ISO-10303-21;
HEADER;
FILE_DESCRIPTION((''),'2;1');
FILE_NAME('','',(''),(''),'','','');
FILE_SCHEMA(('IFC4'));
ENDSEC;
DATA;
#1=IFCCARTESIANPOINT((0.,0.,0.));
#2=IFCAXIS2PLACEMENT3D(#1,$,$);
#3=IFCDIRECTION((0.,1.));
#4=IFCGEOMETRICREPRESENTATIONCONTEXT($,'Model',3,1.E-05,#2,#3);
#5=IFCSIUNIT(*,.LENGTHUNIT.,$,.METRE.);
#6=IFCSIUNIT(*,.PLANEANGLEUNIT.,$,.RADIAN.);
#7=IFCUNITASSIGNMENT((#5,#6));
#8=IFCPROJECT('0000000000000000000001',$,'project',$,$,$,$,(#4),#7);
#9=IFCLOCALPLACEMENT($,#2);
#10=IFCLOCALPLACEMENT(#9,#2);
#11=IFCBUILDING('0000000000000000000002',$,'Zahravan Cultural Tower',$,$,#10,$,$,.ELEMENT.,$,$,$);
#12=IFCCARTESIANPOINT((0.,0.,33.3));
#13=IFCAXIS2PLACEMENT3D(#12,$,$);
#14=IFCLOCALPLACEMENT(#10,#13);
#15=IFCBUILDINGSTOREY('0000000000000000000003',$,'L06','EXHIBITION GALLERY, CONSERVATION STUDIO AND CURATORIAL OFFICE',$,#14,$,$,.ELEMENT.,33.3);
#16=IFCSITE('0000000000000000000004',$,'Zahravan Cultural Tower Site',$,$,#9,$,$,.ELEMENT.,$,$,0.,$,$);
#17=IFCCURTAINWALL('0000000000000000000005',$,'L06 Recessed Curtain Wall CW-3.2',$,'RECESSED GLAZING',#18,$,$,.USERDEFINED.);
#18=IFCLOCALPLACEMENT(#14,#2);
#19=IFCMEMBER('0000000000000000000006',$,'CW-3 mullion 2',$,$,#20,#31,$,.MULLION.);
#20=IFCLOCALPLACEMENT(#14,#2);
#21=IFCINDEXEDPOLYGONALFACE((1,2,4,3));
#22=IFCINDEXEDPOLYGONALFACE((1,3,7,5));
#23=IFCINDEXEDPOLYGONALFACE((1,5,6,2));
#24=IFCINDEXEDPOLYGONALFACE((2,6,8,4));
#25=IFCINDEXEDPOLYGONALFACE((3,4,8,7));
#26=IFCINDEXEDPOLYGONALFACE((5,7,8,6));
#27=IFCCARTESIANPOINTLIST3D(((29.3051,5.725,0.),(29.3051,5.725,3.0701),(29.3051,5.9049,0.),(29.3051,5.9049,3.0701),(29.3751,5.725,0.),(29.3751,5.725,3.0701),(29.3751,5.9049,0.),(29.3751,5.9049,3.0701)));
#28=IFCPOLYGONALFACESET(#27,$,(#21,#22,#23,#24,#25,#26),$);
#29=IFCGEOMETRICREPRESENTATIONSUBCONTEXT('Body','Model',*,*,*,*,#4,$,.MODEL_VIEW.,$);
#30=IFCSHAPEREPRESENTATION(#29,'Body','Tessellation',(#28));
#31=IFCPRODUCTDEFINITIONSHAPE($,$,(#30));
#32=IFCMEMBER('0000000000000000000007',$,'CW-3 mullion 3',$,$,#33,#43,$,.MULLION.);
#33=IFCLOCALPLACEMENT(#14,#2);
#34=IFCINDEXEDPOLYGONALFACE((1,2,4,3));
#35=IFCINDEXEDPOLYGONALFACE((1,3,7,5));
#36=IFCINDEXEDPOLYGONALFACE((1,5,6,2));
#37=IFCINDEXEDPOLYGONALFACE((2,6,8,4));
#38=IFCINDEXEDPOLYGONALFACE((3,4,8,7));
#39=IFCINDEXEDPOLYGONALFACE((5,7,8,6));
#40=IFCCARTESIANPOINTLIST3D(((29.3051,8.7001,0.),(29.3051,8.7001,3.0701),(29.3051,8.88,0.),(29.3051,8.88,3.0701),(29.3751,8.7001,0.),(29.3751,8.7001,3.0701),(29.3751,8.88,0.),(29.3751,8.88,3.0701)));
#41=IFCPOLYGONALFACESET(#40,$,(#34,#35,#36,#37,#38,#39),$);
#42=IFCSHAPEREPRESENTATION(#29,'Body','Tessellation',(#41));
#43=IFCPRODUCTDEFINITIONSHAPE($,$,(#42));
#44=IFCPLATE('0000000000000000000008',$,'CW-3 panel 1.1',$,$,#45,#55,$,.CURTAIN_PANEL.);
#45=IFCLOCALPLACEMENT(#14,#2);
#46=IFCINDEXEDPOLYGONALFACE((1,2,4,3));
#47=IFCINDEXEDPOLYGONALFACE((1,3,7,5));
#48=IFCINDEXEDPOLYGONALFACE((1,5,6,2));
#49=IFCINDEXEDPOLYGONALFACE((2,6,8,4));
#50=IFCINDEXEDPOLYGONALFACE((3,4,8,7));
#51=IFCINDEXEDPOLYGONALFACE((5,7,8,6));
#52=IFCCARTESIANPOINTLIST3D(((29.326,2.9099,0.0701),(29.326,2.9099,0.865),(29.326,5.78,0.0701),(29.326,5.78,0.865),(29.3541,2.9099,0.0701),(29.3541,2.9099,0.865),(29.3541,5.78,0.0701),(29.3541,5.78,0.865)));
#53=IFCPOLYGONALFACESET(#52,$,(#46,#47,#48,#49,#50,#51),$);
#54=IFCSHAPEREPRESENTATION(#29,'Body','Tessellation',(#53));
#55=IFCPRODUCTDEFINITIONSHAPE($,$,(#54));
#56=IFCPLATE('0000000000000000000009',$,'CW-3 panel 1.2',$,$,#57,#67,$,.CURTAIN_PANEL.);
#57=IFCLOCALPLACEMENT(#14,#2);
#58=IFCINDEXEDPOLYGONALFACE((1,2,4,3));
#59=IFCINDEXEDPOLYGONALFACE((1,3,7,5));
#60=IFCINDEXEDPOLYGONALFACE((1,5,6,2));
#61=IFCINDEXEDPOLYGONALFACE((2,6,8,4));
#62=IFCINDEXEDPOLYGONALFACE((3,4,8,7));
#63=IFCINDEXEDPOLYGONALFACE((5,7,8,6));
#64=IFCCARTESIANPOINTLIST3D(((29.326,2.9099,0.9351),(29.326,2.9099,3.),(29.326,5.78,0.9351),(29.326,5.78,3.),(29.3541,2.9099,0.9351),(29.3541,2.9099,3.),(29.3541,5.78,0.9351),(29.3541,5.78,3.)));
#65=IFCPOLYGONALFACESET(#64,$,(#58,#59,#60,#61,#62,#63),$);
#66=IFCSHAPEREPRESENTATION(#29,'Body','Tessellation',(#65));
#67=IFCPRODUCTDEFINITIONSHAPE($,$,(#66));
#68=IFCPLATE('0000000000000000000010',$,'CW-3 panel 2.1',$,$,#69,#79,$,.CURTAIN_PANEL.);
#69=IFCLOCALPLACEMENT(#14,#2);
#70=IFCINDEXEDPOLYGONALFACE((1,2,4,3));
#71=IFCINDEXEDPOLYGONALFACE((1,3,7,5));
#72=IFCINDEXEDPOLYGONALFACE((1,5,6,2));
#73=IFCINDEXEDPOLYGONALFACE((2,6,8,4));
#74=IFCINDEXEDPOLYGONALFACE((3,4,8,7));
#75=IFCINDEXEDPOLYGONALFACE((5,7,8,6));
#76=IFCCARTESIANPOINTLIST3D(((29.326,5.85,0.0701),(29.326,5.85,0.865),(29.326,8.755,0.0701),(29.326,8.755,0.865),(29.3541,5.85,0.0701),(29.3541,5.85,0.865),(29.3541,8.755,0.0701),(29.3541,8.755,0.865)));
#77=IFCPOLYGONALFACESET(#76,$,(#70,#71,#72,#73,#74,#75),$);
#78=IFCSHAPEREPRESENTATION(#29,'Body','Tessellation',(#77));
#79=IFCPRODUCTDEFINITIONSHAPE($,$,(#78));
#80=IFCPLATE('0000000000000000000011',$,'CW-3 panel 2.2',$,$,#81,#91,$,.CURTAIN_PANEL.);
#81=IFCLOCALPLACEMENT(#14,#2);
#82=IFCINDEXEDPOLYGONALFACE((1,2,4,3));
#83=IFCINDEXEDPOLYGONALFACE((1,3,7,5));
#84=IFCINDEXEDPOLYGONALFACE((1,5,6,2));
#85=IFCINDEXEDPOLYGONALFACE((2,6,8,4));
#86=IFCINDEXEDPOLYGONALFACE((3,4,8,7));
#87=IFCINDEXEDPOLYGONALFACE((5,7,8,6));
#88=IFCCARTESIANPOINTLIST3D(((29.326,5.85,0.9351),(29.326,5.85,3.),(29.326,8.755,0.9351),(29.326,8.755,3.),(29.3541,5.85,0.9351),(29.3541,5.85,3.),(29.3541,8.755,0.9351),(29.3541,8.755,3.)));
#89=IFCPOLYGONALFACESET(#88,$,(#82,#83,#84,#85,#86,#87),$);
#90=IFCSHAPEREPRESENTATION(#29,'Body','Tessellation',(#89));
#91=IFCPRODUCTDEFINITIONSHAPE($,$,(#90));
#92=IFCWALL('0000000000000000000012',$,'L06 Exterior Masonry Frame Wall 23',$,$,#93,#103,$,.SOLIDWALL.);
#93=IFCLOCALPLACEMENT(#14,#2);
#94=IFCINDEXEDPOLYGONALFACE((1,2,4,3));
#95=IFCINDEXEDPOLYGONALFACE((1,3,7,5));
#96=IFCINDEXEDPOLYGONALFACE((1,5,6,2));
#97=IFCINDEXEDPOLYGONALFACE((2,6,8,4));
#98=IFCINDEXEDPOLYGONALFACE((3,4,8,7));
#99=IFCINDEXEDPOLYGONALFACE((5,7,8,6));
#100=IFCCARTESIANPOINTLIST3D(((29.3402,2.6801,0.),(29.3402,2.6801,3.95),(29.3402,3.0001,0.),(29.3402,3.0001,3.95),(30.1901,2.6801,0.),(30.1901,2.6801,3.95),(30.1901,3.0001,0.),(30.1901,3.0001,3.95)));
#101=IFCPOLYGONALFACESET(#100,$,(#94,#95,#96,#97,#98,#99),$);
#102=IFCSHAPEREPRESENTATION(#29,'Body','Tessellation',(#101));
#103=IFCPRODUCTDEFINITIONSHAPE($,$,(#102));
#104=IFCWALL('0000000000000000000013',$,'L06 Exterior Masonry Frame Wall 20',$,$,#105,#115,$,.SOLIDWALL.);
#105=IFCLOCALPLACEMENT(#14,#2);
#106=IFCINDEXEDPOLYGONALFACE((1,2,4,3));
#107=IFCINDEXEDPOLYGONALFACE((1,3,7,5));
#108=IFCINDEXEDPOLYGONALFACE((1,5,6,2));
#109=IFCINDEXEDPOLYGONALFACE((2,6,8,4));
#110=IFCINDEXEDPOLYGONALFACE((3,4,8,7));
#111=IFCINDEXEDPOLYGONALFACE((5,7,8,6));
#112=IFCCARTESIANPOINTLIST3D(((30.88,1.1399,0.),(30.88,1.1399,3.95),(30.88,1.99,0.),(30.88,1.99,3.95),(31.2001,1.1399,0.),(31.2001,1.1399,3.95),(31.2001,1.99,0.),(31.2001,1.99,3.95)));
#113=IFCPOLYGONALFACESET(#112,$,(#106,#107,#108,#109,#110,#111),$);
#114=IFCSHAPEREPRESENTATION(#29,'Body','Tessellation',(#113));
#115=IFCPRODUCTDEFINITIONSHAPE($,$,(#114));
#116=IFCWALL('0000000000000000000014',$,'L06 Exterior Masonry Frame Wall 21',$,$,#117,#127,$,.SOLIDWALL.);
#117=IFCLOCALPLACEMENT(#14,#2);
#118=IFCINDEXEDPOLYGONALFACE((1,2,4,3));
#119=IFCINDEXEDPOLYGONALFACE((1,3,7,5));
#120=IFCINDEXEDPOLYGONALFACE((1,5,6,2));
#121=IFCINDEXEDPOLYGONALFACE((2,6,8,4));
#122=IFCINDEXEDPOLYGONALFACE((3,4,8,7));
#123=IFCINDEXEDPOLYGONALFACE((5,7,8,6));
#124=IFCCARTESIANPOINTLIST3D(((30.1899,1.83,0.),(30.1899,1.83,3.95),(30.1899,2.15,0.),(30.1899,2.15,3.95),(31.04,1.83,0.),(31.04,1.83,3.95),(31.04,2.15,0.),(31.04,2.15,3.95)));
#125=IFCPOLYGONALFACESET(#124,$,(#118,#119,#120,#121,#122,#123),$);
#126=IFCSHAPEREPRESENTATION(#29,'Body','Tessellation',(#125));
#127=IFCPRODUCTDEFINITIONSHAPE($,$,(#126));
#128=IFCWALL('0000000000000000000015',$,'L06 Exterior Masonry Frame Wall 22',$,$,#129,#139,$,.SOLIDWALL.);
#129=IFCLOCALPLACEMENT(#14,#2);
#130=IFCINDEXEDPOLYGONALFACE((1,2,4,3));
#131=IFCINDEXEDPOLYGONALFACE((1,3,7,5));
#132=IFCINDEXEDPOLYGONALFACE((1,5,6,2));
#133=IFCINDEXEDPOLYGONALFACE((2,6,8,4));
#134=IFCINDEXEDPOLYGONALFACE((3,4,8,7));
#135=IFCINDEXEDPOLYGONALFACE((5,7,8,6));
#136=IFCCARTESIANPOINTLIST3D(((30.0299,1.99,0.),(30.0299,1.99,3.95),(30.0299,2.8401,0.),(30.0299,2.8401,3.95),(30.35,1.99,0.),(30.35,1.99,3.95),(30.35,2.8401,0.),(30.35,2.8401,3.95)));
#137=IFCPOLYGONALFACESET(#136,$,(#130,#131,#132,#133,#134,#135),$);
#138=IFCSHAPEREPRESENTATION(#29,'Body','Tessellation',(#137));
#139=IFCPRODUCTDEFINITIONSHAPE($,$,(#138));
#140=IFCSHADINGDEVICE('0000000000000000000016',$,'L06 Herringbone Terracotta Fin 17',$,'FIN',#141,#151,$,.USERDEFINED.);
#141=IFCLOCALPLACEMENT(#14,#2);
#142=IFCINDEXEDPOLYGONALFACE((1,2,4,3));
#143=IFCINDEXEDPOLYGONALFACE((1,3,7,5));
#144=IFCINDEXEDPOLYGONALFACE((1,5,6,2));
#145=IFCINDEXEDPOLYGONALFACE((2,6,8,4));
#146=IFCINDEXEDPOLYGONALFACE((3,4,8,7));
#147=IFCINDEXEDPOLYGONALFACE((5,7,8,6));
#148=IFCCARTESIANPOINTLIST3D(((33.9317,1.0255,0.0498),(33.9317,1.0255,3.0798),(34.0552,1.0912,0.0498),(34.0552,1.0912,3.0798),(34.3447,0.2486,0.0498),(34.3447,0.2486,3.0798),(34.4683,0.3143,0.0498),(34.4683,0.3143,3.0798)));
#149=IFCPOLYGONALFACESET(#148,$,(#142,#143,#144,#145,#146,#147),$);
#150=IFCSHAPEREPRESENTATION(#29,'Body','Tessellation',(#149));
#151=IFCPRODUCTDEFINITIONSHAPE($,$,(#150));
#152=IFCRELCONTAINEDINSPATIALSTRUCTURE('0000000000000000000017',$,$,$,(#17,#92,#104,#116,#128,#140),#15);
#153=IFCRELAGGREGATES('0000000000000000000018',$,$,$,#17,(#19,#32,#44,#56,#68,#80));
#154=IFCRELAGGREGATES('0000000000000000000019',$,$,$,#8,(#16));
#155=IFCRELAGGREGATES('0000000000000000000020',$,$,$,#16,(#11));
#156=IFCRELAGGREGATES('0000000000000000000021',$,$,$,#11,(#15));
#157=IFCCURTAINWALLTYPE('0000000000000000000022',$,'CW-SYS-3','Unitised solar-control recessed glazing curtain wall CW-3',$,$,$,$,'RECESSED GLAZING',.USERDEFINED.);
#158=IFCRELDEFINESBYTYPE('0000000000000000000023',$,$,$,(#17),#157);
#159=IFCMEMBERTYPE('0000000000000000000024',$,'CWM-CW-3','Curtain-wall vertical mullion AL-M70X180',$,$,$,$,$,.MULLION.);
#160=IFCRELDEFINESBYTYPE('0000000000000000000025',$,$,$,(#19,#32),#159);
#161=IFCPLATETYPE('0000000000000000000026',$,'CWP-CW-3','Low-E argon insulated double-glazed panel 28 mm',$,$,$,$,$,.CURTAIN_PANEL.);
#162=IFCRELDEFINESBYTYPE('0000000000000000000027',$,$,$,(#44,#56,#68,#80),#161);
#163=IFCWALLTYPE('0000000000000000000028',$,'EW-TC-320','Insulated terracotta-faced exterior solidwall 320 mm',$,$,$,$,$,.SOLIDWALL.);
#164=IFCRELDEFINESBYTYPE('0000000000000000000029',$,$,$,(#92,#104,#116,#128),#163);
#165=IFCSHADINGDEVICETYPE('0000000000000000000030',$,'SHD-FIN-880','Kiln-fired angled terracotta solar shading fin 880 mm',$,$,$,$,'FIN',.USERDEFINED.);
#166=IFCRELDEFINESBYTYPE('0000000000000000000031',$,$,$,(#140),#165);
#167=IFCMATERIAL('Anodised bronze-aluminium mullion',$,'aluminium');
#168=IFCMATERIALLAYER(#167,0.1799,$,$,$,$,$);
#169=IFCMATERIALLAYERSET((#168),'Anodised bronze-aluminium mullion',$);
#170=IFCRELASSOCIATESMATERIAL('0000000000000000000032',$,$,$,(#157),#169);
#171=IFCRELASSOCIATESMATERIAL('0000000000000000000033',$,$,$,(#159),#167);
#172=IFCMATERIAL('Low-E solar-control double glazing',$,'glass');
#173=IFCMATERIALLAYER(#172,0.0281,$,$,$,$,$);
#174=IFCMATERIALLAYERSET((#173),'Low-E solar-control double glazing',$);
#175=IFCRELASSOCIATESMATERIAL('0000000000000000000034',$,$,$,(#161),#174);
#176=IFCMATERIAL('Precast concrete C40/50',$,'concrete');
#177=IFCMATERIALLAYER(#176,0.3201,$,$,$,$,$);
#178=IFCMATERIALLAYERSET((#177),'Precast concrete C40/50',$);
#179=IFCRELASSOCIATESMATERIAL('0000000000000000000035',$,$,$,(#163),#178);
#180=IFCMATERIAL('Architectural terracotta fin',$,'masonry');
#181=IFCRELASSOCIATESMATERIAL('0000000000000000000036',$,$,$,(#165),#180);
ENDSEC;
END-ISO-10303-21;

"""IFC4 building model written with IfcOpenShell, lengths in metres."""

from ifc_helpers import new_model, si_unit, direction, frame, frame_2d, origin, origin_2d, place, context, subcontext, project, spatial, rectangle, extrude, source, transform, mapped, material, layer, layer_set, material_profile, profile_set, type_object, element, aggregate, save


model = new_model("IFC4")

# Units and contexts
model_context = context("Model", 3, precision=1e-05, world=origin(), true_north=direction((0.0, 1.0)))
body_context = subcontext(model_context, "Body", "Model", "MODEL_VIEW")
ifc_project = project(units=[si_unit("LENGTHUNIT", "METRE"), si_unit("PLANEANGLEUNIT", "RADIAN")], contexts=[model_context])

# Site, building, storey
site_placement = place(None, origin())
site = spatial("IfcSite", under=ifc_project, at=site_placement, Name="Zahravan Cultural Tower Site", CompositionType="ELEMENT", RefElevation=0.0)
building_placement = place(site_placement, origin())
building = spatial("IfcBuilding", under=site, at=building_placement, Name="Zahravan Cultural Tower", CompositionType="ELEMENT")
storey_placement = place(building_placement, frame((0.0, 0.0, 33.3)))
storey = spatial("IfcBuildingStorey", under=building, at=storey_placement, Name="L06", Description="EXHIBITION GALLERY, CONSERVATION STUDIO AND CURATORIAL OFFICE", CompositionType="ELEMENT", Elevation=33.3)

# Curtain wall, members, plates
ifc_material_1 = material(Name="Anodised bronze-aluminium mullion", Category="aluminium")
ifc_layer_1 = layer(ifc_material_1, 0.1799)
ifc_layer_set_1 = layer_set([ifc_layer_1], Name="Anodised bronze-aluminium mullion")
curtain_wall_type = type_object("IfcCurtainWallType", Name="CW-SYS-3", Description="Unitised solar-control recessed glazing curtain wall CW-3", ElementType="RECESSED GLAZING", PredefinedType="USERDEFINED", material=ifc_layer_set_1)
curtain_wall_placement = place(storey_placement, origin())
curtain_wall = element("IfcCurtainWall", 1, at=curtain_wall_placement, inside=storey, type_object=curtain_wall_type, Name="L06 Recessed Curtain Wall CW-3.2", ObjectType="RECESSED GLAZING", PredefinedType="USERDEFINED")
ifc_material_profile_1 = material_profile(ifc_material_1, rectangle(XDim=0.0701, YDim=0.1799, at=origin_2d()), Name="AL-M70X180")
ifc_profile_set_1 = profile_set([ifc_material_profile_1], Name="Anodised bronze-aluminium mullion")
member_type_1 = type_object("IfcMemberType", Name="CWM-CW-3", Description="Curtain-wall vertical mullion AL-M70X180", PredefinedType="MULLION", material=ifc_profile_set_1)
shared_shape_1 = source(origin(), body_context, "Body", "SweptSolid", [
    extrude(rectangle(XDim=0.0701, YDim=0.1799, at=origin_2d()), origin(), (0.0, 0.0, 1.0), 3.0701),
])
member_1_placement = place(storey_placement, frame((29.3401, 5.8149, 0.0), z_axis=(0.0, 0.0, 1.0), x_axis=(-1.0, 0.0, 0.0)))
member_1 = element("IfcMember", 2, at=member_1_placement, type_object=member_type_1, Name="CW-3 mullion 2", PredefinedType="MULLION", context=body_context, shape_type="MappedRepresentation", body=[
    mapped(shared_shape_1, transform((0.0, 0.0, 0.0), x_axis=(1.0, 0.0, 0.0), y_axis=(0.0, 1.0, 0.0), z_axis=(0.0, 0.0, 1.0), scale=1.0)),
])
member_2_placement = place(storey_placement, frame((29.3401, 8.79, 0.0), z_axis=(0.0, 0.0, 1.0), x_axis=(-1.0, 0.0, 0.0)))
member_2 = element("IfcMember", 3, at=member_2_placement, type_object=member_type_1, Name="CW-3 mullion 3", PredefinedType="MULLION", context=body_context, shape_type="MappedRepresentation", body=[
    mapped(shared_shape_1, transform((0.0, 0.0, 0.0), x_axis=(1.0, 0.0, 0.0), y_axis=(0.0, 1.0, 0.0), z_axis=(0.0, 0.0, 1.0), scale=1.0)),
])
ifc_material_2 = material(Name="Low-E solar-control double glazing", Category="glass")
ifc_layer_2 = layer(ifc_material_2, 0.0281)
ifc_layer_set_2 = layer_set([ifc_layer_2], Name="Low-E solar-control double glazing")
plate_type = type_object("IfcPlateType", Name="CWP-CW-3", Description="Low-E argon insulated double-glazed panel 28 mm", PredefinedType="CURTAIN_PANEL", material=ifc_layer_set_2)
shared_shape_2 = source(origin(), body_context, "Body", "SweptSolid", [
    extrude(rectangle(XDim=2.8701, YDim=0.0281, at=origin_2d()), origin(), (0.0, 0.0, 1.0), 0.7949),
])
plate_1_placement = place(storey_placement, frame((29.3401, 4.345, 0.0701), z_axis=(0.0, 0.0, 1.0), x_axis=(0.0, 1.0, 0.0)))
plate_1 = element("IfcPlate", 4, at=plate_1_placement, type_object=plate_type, Name="CW-3 panel 1.1", PredefinedType="CURTAIN_PANEL", context=body_context, shape_type="MappedRepresentation", body=[
    mapped(shared_shape_2, transform((0.0, 0.0, 0.0), x_axis=(1.0, 0.0, 0.0), y_axis=(0.0, 1.0, 0.0), z_axis=(0.0, 0.0, 1.0), scale=1.0)),
])
shared_shape_3 = source(origin(), body_context, "Body", "SweptSolid", [
    extrude(rectangle(XDim=2.8701, YDim=0.0281, at=origin_2d()), origin(), (0.0, 0.0, 1.0), 2.0649),
])
plate_2_placement = place(storey_placement, frame((29.3401, 4.345, 0.9351), z_axis=(0.0, 0.0, 1.0), x_axis=(0.0, 1.0, 0.0)))
plate_2 = element("IfcPlate", 5, at=plate_2_placement, type_object=plate_type, Name="CW-3 panel 1.2", PredefinedType="CURTAIN_PANEL", context=body_context, shape_type="MappedRepresentation", body=[
    mapped(shared_shape_3, transform((0.0, 0.0, 0.0), x_axis=(1.0, 0.0, 0.0), y_axis=(0.0, 1.0, 0.0), z_axis=(0.0, 0.0, 1.0), scale=1.0)),
])
shared_shape_4 = source(origin(), body_context, "Body", "SweptSolid", [
    extrude(rectangle(XDim=2.905, YDim=0.0281, at=origin_2d()), origin(), (0.0, 0.0, 1.0), 0.7949),
])
plate_3_placement = place(storey_placement, frame((29.3401, 7.3025, 0.0701), z_axis=(0.0, 0.0, 1.0), x_axis=(0.0, 1.0, 0.0)))
plate_3 = element("IfcPlate", 6, at=plate_3_placement, type_object=plate_type, Name="CW-3 panel 2.1", PredefinedType="CURTAIN_PANEL", context=body_context, shape_type="MappedRepresentation", body=[
    mapped(shared_shape_4, transform((0.0, 0.0, 0.0), x_axis=(1.0, 0.0, 0.0), y_axis=(0.0, 1.0, 0.0), z_axis=(0.0, 0.0, 1.0), scale=1.0)),
])
shared_shape_5 = source(origin(), body_context, "Body", "SweptSolid", [
    extrude(rectangle(XDim=2.905, YDim=0.0281, at=origin_2d()), origin(), (0.0, 0.0, 1.0), 2.0649),
])
plate_4_placement = place(storey_placement, frame((29.3401, 7.3025, 0.9351), z_axis=(0.0, 0.0, 1.0), x_axis=(0.0, 1.0, 0.0)))
plate_4 = element("IfcPlate", 7, at=plate_4_placement, type_object=plate_type, Name="CW-3 panel 2.2", PredefinedType="CURTAIN_PANEL", context=body_context, shape_type="MappedRepresentation", body=[
    mapped(shared_shape_5, transform((0.0, 0.0, 0.0), x_axis=(1.0, 0.0, 0.0), y_axis=(0.0, 1.0, 0.0), z_axis=(0.0, 0.0, 1.0), scale=1.0)),
])
aggregate(curtain_wall, [member_1, member_2, plate_1, plate_2, plate_3, plate_4])

# Walls
ifc_material_3 = material(Name="Precast concrete C40/50", Category="concrete")
ifc_layer_3 = layer(ifc_material_3, 0.3201)
ifc_layer_set_3 = layer_set([ifc_layer_3], Name="Precast concrete C40/50")
wall_type = type_object("IfcWallType", Name="EW-TC-320", Description="Insulated terracotta-faced exterior solidwall 320 mm", PredefinedType="SOLIDWALL", material=ifc_layer_set_3)
shared_shape_6 = source(origin(), body_context, "Body", "SweptSolid", [
    extrude(rectangle(XDim=0.8499, YDim=0.3201, at=frame_2d((0.4248, 0.0))), origin(), (0.0, 0.0, 1.0), 3.95),
])
wall_placement = place(storey_placement, frame((30.1899, 2.8401, 0.0), z_axis=(0.0, 0.0, 1.0), x_axis=(-1.0, 0.0, 0.0)))
element("IfcWall", 8, at=wall_placement, inside=storey, type_object=wall_type, Name="L06 Exterior Masonry Frame Wall 23", PredefinedType="SOLIDWALL", context=body_context, shape_type="MappedRepresentation", body=[
    mapped(shared_shape_6, transform((0.0, 0.0, 0.0), x_axis=(1.0, 0.0, 0.0), y_axis=(0.0, 1.0, 0.0), z_axis=(0.0, 0.0, 1.0), scale=1.0)),
])
shared_shape_7 = source(origin(), body_context, "Body", "SweptSolid", [
    extrude(rectangle(XDim=0.8501, YDim=0.3201, at=frame_2d((0.425, 0.0))), origin(), (0.0, 0.0, 1.0), 3.95),
])
for number, where, z_axis, x_axis, name in (
    (9, (31.04, 1.1399, 0.0), (0.0, 0.0, 1.0), (0.0, 1.0, 0.0), "L06 Exterior Masonry Frame Wall 20"),
    (10, (31.04, 1.99, 0.0), (0.0, 0.0, 1.0), (-1.0, 0.0, 0.0), "L06 Exterior Masonry Frame Wall 21"),
    (11, (30.1899, 1.99, 0.0), (0.0, 0.0, 1.0), (0.0, 1.0, 0.0), "L06 Exterior Masonry Frame Wall 22"),
):
    element("IfcWall", number, at=place(storey_placement, frame(where, z_axis=z_axis, x_axis=x_axis)), inside=storey, type_object=wall_type, Name=name, PredefinedType="SOLIDWALL", context=body_context, shape_type="MappedRepresentation", body=[
        mapped(shared_shape_7, transform((0.0, 0.0, 0.0), x_axis=(1.0, 0.0, 0.0), y_axis=(0.0, 1.0, 0.0), z_axis=(0.0, 0.0, 1.0), scale=1.0)),
    ])

# Shading device
ifc_material_4 = material(Name="Architectural terracotta fin", Category="masonry")
shading_device_type = type_object("IfcShadingDeviceType", Name="SHD-FIN-880", Description="Kiln-fired angled terracotta solar shading fin 880 mm", ElementType="FIN", PredefinedType="USERDEFINED", material=ifc_material_4)
shared_shape_8 = source(origin(), body_context, "Body", "SweptSolid", [
    extrude(rectangle(XDim=0.8799, YDim=0.1399, at=origin_2d()), origin(), (0.0, 0.0, 1.0), 3.03),
])
shading_device_placement = place(storey_placement, frame((34.2, 0.6699, 0.0498), z_axis=(0.0, 0.0, 1.0), x_axis=(0.469472, -0.882948, 0.0)))
element("IfcShadingDevice", 12, at=shading_device_placement, inside=storey, type_object=shading_device_type, Name="L06 Herringbone Terracotta Fin 17", ObjectType="FIN", PredefinedType="USERDEFINED", context=body_context, shape_type="MappedRepresentation", body=[
    mapped(shared_shape_8, transform((0.0, 0.0, 0.0), x_axis=(1.0, 0.0, 0.0), y_axis=(0.0, 1.0, 0.0), z_axis=(0.0, 0.0, 1.0), scale=1.0)),
])

save(model, "model.ifc")
